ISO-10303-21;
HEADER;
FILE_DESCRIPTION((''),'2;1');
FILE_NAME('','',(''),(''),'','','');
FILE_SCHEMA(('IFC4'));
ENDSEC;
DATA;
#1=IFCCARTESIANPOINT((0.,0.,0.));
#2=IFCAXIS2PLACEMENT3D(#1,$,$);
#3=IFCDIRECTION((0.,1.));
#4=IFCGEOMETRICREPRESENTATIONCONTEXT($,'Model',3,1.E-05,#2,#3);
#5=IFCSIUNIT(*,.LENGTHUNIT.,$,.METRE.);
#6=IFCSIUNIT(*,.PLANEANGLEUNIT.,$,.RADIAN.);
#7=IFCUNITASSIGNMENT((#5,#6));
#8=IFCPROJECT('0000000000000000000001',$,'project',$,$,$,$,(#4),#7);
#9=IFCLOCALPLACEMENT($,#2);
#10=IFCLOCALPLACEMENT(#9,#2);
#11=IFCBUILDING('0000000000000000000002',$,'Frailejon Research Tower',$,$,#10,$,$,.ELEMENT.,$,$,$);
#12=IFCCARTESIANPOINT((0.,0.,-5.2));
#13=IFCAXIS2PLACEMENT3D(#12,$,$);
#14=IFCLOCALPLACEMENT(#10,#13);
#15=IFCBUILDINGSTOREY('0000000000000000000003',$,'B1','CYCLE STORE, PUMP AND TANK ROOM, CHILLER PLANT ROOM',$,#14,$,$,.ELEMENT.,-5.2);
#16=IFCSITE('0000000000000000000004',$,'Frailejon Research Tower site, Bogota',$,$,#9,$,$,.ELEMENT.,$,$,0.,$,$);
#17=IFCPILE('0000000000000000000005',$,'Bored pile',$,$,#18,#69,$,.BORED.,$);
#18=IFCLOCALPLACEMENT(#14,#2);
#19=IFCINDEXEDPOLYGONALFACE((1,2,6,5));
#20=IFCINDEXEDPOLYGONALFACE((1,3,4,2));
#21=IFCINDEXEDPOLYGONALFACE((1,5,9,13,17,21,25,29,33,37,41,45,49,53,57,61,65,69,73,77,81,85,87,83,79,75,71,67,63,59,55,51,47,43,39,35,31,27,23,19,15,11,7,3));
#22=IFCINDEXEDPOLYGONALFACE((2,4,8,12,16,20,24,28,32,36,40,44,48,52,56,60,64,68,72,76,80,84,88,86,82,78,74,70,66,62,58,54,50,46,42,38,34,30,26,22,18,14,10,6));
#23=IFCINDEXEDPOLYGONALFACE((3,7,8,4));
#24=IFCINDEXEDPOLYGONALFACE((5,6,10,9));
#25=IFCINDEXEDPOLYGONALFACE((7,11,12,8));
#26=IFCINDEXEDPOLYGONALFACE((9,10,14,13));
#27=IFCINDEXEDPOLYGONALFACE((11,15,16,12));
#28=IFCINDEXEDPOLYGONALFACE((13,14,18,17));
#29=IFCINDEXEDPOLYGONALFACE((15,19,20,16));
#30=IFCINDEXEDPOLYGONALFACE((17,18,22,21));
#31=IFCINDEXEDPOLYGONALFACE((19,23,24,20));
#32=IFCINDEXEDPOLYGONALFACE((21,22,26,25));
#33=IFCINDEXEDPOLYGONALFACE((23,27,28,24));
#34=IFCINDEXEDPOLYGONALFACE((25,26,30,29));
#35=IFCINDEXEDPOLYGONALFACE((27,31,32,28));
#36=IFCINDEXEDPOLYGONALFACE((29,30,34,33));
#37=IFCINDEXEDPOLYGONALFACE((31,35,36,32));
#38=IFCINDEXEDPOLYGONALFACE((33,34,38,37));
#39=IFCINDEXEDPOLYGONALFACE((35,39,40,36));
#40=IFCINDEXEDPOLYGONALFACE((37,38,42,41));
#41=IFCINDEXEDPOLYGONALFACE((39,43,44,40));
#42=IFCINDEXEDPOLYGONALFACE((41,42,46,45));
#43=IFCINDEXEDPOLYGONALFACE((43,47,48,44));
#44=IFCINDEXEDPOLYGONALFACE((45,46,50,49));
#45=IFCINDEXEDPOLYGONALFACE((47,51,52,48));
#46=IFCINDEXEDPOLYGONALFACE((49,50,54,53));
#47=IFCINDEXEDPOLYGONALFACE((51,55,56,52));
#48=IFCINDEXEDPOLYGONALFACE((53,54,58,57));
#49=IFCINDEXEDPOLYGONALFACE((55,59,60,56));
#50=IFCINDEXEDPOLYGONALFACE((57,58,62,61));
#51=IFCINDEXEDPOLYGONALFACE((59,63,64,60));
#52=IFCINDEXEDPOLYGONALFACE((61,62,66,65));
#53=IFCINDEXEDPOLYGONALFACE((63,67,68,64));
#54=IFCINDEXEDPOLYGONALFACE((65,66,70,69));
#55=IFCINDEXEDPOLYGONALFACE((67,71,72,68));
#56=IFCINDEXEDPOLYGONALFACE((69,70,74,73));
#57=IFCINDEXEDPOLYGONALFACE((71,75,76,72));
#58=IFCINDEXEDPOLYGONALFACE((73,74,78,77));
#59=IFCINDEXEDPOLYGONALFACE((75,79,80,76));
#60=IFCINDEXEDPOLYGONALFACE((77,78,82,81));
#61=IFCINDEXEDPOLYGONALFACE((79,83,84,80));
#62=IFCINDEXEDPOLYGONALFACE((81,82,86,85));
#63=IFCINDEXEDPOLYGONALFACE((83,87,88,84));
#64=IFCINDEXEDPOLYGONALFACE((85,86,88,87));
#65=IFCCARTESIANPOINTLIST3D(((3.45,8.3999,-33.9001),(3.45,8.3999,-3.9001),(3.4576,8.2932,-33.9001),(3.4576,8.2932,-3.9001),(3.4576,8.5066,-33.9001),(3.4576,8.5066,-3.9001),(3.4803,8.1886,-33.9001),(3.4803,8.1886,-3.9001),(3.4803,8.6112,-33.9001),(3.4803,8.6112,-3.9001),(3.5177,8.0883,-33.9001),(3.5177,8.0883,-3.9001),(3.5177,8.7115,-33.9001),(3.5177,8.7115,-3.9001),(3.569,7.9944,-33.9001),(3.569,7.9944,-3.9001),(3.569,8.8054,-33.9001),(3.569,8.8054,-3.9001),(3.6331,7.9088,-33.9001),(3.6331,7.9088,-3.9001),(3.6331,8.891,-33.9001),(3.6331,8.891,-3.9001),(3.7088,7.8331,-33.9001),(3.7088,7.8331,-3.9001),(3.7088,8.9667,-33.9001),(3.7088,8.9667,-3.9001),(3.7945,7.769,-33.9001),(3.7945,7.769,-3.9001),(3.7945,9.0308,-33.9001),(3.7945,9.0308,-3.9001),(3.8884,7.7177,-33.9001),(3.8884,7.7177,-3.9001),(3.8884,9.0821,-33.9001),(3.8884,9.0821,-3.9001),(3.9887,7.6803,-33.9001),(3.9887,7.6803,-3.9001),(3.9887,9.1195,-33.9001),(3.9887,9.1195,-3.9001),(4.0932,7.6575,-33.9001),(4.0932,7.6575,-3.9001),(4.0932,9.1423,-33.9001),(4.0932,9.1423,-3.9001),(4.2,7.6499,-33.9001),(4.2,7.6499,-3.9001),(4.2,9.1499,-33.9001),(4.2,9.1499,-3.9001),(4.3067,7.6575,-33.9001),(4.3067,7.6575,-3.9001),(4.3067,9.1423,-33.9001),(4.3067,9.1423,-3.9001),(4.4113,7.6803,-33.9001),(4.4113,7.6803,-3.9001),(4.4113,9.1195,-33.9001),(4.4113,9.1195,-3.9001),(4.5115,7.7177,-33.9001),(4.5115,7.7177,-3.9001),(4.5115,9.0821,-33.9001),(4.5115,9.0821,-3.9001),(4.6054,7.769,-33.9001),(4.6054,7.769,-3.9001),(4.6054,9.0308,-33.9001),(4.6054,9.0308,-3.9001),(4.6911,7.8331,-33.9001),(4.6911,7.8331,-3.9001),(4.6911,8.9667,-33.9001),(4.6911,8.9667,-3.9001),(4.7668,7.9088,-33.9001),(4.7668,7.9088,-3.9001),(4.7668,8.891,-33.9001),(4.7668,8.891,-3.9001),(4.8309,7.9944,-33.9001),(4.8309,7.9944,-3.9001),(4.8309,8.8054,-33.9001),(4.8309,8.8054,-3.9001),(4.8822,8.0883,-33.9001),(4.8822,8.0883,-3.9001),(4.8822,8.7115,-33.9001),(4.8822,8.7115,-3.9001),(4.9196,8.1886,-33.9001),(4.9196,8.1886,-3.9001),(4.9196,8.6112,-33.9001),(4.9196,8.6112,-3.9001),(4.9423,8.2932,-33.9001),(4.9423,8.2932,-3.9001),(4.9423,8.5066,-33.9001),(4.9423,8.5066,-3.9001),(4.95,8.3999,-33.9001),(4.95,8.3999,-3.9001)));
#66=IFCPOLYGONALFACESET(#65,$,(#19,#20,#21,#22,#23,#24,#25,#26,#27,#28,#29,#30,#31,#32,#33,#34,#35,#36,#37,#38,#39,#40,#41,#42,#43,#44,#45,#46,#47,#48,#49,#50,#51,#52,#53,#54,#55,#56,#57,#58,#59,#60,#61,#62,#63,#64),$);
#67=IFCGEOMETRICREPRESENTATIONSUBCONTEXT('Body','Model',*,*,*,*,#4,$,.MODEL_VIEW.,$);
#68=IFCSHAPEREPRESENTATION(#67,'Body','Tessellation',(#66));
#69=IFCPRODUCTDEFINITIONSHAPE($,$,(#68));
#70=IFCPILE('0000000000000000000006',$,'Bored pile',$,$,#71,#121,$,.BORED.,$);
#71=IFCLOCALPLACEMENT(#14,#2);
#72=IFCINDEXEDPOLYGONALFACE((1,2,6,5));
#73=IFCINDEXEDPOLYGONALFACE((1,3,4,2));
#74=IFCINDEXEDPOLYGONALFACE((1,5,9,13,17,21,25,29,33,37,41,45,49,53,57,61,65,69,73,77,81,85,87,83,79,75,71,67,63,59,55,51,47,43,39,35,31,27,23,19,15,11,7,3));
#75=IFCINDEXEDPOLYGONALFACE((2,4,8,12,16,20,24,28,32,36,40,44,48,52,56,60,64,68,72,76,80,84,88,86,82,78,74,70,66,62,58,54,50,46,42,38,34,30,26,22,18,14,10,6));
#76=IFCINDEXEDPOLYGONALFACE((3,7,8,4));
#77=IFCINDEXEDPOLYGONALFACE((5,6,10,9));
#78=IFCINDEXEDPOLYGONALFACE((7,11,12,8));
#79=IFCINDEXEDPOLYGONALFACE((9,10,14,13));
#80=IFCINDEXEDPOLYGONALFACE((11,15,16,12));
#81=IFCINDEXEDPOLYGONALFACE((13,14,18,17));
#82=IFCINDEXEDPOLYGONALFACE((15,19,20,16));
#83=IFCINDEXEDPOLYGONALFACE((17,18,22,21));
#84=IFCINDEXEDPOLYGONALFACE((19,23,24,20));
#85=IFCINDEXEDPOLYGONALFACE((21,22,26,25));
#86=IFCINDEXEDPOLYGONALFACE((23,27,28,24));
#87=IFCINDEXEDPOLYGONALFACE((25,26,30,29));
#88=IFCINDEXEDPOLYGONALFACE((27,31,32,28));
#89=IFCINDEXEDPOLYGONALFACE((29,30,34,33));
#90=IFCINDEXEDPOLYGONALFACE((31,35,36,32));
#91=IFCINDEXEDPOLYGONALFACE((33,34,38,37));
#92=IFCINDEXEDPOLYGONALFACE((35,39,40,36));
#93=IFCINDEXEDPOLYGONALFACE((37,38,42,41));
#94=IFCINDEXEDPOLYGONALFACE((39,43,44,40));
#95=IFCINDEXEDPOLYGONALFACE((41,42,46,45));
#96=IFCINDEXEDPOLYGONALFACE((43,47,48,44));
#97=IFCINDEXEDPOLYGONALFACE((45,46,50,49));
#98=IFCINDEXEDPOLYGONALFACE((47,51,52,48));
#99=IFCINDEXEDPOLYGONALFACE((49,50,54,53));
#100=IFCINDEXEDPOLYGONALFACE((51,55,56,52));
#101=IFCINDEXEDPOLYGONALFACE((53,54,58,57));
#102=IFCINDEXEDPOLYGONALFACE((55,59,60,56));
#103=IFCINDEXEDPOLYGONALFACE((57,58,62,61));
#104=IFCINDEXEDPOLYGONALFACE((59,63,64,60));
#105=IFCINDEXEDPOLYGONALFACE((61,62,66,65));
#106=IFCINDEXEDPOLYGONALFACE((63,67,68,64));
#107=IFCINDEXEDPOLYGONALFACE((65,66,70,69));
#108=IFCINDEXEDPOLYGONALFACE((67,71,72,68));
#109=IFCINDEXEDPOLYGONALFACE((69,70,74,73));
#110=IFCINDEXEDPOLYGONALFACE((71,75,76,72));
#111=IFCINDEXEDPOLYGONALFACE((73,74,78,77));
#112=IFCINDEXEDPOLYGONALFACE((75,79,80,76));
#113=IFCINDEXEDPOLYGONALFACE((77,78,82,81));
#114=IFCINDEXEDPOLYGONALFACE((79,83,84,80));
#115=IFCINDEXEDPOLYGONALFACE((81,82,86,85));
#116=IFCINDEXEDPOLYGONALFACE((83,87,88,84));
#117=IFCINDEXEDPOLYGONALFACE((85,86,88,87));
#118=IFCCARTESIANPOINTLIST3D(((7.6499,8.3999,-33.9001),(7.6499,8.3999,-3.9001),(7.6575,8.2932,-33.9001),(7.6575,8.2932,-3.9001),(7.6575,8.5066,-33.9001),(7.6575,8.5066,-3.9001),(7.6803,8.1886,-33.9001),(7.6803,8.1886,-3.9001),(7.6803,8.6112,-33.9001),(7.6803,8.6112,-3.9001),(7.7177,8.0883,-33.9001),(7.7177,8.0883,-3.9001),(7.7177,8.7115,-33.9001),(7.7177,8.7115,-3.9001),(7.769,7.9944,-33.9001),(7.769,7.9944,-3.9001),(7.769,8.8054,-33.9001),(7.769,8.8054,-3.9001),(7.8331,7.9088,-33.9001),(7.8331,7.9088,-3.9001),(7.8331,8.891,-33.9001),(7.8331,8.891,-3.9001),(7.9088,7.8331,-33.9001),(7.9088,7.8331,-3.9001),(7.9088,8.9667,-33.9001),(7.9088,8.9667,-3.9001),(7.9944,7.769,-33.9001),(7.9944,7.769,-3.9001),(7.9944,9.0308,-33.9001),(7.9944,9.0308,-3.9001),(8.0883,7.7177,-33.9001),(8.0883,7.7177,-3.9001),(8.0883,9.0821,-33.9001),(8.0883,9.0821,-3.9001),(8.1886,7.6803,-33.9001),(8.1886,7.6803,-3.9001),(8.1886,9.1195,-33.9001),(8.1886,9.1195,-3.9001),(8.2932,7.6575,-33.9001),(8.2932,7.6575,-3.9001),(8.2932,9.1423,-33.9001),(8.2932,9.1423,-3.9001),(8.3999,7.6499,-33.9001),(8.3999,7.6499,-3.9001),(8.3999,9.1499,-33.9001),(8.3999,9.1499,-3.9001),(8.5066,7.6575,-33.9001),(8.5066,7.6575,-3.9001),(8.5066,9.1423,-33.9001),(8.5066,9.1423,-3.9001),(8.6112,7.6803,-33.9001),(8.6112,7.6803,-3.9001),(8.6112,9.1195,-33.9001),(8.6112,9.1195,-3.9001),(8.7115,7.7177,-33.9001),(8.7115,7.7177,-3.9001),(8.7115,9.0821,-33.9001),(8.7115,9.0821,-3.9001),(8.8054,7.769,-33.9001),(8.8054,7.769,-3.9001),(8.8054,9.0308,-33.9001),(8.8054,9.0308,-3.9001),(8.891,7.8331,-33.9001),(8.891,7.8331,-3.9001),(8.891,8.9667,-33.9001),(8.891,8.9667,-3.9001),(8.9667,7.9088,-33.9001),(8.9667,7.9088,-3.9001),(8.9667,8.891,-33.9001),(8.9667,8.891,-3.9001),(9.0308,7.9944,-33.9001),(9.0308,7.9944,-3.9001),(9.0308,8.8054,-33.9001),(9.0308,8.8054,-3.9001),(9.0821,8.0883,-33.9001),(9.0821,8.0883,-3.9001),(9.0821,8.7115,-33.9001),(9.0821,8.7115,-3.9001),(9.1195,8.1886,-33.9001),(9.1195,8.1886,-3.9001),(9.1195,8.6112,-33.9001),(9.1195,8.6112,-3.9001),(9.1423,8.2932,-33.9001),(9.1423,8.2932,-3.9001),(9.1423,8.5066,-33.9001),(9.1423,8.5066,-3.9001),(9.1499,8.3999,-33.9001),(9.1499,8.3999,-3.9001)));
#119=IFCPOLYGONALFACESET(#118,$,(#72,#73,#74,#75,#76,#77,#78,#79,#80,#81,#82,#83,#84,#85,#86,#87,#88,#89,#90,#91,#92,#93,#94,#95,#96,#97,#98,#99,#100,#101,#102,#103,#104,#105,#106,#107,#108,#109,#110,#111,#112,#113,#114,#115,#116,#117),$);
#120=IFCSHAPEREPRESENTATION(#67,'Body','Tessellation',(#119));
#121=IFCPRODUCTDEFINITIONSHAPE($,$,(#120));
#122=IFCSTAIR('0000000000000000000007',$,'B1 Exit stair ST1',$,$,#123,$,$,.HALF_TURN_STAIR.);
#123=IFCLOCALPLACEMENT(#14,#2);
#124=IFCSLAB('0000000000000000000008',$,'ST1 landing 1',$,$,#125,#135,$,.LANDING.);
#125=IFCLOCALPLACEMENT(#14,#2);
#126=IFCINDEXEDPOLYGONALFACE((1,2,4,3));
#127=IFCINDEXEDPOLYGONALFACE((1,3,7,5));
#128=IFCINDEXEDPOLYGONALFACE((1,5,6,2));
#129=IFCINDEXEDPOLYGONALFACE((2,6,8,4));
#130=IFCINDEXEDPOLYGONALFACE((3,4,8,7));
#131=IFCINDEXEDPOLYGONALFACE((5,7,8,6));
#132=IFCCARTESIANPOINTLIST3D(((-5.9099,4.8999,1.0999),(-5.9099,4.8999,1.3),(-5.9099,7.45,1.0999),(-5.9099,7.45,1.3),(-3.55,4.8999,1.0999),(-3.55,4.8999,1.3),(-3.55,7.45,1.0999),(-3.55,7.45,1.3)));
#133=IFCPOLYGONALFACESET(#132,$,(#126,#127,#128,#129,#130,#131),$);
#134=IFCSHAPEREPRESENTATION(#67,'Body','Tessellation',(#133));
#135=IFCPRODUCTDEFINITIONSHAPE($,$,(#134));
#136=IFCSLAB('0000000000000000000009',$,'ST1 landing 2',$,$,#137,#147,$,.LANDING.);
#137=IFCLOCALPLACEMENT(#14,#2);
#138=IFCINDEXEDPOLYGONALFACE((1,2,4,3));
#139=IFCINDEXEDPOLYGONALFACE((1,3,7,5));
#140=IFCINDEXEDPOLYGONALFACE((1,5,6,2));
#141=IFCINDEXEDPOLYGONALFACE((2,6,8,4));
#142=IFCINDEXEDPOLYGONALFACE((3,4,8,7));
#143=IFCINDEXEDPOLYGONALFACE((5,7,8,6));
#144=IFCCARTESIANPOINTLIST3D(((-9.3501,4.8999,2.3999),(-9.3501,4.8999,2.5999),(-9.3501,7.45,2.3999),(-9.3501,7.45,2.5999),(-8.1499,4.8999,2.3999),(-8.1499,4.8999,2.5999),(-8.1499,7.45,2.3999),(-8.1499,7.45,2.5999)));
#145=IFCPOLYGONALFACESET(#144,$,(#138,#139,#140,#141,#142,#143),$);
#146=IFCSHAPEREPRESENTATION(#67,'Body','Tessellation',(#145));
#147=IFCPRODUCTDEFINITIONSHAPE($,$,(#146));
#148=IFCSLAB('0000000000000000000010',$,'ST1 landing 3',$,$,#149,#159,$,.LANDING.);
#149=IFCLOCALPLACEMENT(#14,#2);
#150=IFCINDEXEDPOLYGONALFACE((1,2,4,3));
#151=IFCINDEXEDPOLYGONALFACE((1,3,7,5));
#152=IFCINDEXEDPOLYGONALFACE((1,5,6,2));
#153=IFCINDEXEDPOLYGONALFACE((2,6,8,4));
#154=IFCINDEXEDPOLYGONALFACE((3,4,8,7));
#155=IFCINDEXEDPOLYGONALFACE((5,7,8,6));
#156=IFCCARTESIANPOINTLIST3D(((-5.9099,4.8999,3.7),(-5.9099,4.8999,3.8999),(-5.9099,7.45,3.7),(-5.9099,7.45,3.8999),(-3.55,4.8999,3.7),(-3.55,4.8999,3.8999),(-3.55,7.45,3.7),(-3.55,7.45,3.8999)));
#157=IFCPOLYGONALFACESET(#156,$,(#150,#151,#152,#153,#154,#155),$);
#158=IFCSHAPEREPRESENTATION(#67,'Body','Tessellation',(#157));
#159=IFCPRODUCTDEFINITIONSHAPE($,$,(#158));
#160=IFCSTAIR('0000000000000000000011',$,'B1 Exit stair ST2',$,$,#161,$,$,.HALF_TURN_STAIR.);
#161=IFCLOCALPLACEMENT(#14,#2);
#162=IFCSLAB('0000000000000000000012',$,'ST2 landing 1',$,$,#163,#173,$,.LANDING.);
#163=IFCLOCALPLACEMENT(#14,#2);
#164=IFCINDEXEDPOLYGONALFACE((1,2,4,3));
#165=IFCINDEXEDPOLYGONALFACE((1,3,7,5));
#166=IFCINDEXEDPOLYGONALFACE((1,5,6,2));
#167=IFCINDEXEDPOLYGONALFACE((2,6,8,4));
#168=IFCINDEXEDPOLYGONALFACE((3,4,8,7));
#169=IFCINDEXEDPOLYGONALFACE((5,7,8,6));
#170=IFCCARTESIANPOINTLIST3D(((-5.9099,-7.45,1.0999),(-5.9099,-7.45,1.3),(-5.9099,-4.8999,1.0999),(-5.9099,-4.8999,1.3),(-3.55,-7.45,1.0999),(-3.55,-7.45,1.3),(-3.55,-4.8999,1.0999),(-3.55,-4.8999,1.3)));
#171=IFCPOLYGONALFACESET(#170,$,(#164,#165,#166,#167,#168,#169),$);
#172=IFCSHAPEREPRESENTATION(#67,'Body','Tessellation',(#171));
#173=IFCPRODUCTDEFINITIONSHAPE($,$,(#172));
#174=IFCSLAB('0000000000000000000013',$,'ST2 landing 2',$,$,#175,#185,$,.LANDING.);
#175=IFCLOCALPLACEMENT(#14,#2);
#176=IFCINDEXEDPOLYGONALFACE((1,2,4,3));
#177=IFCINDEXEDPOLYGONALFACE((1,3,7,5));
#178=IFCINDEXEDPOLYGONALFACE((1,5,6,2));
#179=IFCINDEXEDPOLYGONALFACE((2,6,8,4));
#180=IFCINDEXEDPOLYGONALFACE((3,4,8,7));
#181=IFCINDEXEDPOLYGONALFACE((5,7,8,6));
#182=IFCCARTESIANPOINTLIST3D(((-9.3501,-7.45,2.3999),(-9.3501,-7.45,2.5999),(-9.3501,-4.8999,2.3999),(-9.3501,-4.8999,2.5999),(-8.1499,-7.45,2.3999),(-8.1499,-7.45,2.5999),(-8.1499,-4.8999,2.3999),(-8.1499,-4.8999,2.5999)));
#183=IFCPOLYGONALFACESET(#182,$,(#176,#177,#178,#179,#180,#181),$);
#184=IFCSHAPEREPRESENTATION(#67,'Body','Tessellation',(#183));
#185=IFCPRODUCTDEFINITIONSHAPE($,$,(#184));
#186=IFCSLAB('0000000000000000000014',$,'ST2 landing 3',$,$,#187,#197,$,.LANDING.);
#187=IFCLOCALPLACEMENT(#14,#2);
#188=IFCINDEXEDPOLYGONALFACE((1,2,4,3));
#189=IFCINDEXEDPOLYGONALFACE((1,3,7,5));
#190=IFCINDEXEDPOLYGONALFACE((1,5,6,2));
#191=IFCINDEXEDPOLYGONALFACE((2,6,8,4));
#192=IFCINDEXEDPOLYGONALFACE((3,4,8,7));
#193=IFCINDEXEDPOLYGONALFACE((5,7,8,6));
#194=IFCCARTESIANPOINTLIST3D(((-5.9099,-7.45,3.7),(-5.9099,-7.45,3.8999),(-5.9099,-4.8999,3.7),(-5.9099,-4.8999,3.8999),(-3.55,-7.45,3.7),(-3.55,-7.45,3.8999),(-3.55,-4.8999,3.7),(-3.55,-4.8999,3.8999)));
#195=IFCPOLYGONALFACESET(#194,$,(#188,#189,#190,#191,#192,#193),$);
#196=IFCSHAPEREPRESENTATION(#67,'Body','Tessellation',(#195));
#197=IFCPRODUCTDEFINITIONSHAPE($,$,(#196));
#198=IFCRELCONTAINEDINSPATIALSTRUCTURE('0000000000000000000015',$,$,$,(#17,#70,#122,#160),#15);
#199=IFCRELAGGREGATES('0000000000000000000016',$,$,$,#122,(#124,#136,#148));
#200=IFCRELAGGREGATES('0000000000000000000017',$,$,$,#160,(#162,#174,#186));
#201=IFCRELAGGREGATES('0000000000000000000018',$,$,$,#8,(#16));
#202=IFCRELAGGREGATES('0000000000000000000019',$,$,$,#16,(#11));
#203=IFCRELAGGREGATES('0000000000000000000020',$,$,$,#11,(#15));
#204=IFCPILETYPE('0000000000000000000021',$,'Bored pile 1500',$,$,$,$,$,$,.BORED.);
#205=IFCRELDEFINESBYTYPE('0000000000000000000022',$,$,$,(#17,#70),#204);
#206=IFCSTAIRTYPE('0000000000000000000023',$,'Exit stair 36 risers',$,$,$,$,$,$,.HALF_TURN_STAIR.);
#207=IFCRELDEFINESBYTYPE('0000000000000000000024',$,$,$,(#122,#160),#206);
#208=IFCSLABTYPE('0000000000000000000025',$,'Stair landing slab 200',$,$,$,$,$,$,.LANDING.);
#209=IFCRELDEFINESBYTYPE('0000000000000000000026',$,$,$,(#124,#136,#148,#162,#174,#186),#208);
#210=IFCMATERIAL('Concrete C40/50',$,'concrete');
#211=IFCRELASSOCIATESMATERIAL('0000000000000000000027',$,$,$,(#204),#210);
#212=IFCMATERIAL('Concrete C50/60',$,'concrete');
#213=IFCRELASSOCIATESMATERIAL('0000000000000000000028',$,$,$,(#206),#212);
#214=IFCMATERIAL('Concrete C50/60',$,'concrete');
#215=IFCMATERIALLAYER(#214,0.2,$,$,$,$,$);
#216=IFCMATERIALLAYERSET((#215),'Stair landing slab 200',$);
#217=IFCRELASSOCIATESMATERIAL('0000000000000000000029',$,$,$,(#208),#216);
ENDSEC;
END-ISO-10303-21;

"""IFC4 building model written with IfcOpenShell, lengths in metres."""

from ifc_helpers import new_model, si_unit, direction, frame, origin, origin_2d, place, context, subcontext, project, spatial, polyline, circle, outline, extrude, material, layer, layer_set, material_profile, profile_set, type_object, element, aggregate, save


model = new_model("IFC4")

# Units and contexts
model_context = context("Model", 3, precision=1e-05, world=origin(), true_north=direction((0.0, 1.0)))
body_context = subcontext(model_context, "Body", "Model", "MODEL_VIEW")
ifc_project = project(units=[si_unit("LENGTHUNIT", "METRE"), si_unit("PLANEANGLEUNIT", "RADIAN")], contexts=[model_context])

# Site, building, storey
site_placement = place(None, origin())
site = spatial("IfcSite", under=ifc_project, at=site_placement, Name="Frailejon Research Tower site, Bogota", CompositionType="ELEMENT", RefElevation=0.0)
building_placement = place(site_placement, origin())
building = spatial("IfcBuilding", under=site, at=building_placement, Name="Frailejon Research Tower", CompositionType="ELEMENT")
storey_placement = place(building_placement, frame((0.0, 0.0, -5.2)))
storey = spatial("IfcBuildingStorey", under=building, at=storey_placement, Name="B1", Description="CYCLE STORE, PUMP AND TANK ROOM, CHILLER PLANT ROOM", CompositionType="ELEMENT", Elevation=-5.2)

# Piles
ifc_material_1 = material(Name="Concrete C40/50", Category="concrete")
ifc_material_profile = material_profile(ifc_material_1, circle(Radius=0.75, at=origin_2d()), Name="Bored pile 1500")
ifc_profile_set = profile_set([ifc_material_profile], Name="Concrete C40/50")
pile_type = type_object("IfcPileType", Name="Bored pile 1500", PredefinedType="BORED", material=ifc_profile_set)
for number, where, z_axis, x_axis, name in (
    (1, (4.2, 8.3999, -3.9001), (0.0, 0.0, -1.0), (1.0, 0.0, 0.0), "Bored pile"),
    (2, (8.3999, 8.3999, -3.9001), (0.0, 0.0, -1.0), (1.0, 0.0, 0.0), "Bored pile"),
):
    element("IfcPile", number, at=place(storey_placement, frame(where, z_axis=z_axis, x_axis=x_axis)), inside=storey, type_object=pile_type, Name=name, PredefinedType="BORED", context=body_context, shape_type="SweptSolid", body=[
        extrude(circle(Radius=0.75, at=origin_2d()), origin(), (0.0, 0.0, 1.0), 30.0),
    ])

# Stairs, slabs
ifc_material_2 = material(Name="Concrete C50/60", Category="concrete")
stair_type = type_object("IfcStairType", Name="Exit stair 36 risers", PredefinedType="HALF_TURN_STAIR", material=ifc_material_2)
stair_1_placement = place(storey_placement, origin())
stair_1 = element("IfcStair", 3, at=stair_1_placement, inside=storey, type_object=stair_type, Name="B1 Exit stair ST1", PredefinedType="HALF_TURN_STAIR")
ifc_material_3 = material(Name="Concrete C50/60", Category="concrete")
ifc_layer_1 = layer(ifc_material_3, 0.2)
ifc_layer_set_1 = layer_set([ifc_layer_1], Name="Stair landing slab 200")
slab_type = type_object("IfcSlabType", Name="Stair landing slab 200", PredefinedType="LANDING", material=ifc_layer_set_1)
slab_1_placement = place(storey_placement, frame((0.0, 0.0, 1.0999)))
slab_1 = element("IfcSlab", 4, at=slab_1_placement, type_object=slab_type, Name="ST1 landing 1", PredefinedType="LANDING", context=body_context, shape_type="SweptSolid", body=[
    extrude(outline(polyline([(-5.9099, 4.8999), (-3.55, 4.8999), (-3.55, 7.45), (-5.9099, 7.45), (-5.9099, 4.8999)])), origin(), (0.0, 0.0, 1.0), 0.2002),
])
slab_2_placement = place(storey_placement, frame((0.0, 0.0, 2.3999)))
slab_2 = element("IfcSlab", 5, at=slab_2_placement, type_object=slab_type, Name="ST1 landing 2", PredefinedType="LANDING", context=body_context, shape_type="SweptSolid", body=[
    extrude(outline(polyline([(-9.3501, 4.8999), (-8.1499, 4.8999), (-8.1499, 7.45), (-9.3501, 7.45), (-9.3501, 4.8999)])), origin(), (0.0, 0.0, 1.0), 0.2),
])
slab_3_placement = place(storey_placement, frame((0.0, 0.0, 3.7)))
slab_3 = element("IfcSlab", 6, at=slab_3_placement, type_object=slab_type, Name="ST1 landing 3", PredefinedType="LANDING", context=body_context, shape_type="SweptSolid", body=[
    extrude(outline(polyline([(-5.9099, 4.8999), (-3.55, 4.8999), (-3.55, 7.45), (-5.9099, 7.45), (-5.9099, 4.8999)])), origin(), (0.0, 0.0, 1.0), 0.2),
])
aggregate(stair_1, [slab_1, slab_2, slab_3])
stair_2_placement = place(storey_placement, origin())
stair_2 = element("IfcStair", 7, at=stair_2_placement, inside=storey, type_object=stair_type, Name="B1 Exit stair ST2", PredefinedType="HALF_TURN_STAIR")
slab_4_placement = place(storey_placement, frame((0.0, 0.0, 1.0999)))
slab_4 = element("IfcSlab", 8, at=slab_4_placement, type_object=slab_type, Name="ST2 landing 1", PredefinedType="LANDING", context=body_context, shape_type="SweptSolid", body=[
    extrude(outline(polyline([(-5.9099, -7.45), (-3.55, -7.45), (-3.55, -4.8999), (-5.9099, -4.8999), (-5.9099, -7.45)])), origin(), (0.0, 0.0, 1.0), 0.2002),
])
slab_5_placement = place(storey_placement, frame((0.0, 0.0, 2.3999)))
slab_5 = element("IfcSlab", 9, at=slab_5_placement, type_object=slab_type, Name="ST2 landing 2", PredefinedType="LANDING", context=body_context, shape_type="SweptSolid", body=[
    extrude(outline(polyline([(-9.3501, -7.45), (-8.1499, -7.45), (-8.1499, -4.8999), (-9.3501, -4.8999), (-9.3501, -7.45)])), origin(), (0.0, 0.0, 1.0), 0.2),
])
slab_6_placement = place(storey_placement, frame((0.0, 0.0, 3.7)))
slab_6 = element("IfcSlab", 10, at=slab_6_placement, type_object=slab_type, Name="ST2 landing 3", PredefinedType="LANDING", context=body_context, shape_type="SweptSolid", body=[
    extrude(outline(polyline([(-5.9099, -7.45), (-3.55, -7.45), (-3.55, -4.8999), (-5.9099, -4.8999), (-5.9099, -7.45)])), origin(), (0.0, 0.0, 1.0), 0.2),
])
aggregate(stair_2, [slab_4, slab_5, slab_6])

save(model, "model.ifc")
